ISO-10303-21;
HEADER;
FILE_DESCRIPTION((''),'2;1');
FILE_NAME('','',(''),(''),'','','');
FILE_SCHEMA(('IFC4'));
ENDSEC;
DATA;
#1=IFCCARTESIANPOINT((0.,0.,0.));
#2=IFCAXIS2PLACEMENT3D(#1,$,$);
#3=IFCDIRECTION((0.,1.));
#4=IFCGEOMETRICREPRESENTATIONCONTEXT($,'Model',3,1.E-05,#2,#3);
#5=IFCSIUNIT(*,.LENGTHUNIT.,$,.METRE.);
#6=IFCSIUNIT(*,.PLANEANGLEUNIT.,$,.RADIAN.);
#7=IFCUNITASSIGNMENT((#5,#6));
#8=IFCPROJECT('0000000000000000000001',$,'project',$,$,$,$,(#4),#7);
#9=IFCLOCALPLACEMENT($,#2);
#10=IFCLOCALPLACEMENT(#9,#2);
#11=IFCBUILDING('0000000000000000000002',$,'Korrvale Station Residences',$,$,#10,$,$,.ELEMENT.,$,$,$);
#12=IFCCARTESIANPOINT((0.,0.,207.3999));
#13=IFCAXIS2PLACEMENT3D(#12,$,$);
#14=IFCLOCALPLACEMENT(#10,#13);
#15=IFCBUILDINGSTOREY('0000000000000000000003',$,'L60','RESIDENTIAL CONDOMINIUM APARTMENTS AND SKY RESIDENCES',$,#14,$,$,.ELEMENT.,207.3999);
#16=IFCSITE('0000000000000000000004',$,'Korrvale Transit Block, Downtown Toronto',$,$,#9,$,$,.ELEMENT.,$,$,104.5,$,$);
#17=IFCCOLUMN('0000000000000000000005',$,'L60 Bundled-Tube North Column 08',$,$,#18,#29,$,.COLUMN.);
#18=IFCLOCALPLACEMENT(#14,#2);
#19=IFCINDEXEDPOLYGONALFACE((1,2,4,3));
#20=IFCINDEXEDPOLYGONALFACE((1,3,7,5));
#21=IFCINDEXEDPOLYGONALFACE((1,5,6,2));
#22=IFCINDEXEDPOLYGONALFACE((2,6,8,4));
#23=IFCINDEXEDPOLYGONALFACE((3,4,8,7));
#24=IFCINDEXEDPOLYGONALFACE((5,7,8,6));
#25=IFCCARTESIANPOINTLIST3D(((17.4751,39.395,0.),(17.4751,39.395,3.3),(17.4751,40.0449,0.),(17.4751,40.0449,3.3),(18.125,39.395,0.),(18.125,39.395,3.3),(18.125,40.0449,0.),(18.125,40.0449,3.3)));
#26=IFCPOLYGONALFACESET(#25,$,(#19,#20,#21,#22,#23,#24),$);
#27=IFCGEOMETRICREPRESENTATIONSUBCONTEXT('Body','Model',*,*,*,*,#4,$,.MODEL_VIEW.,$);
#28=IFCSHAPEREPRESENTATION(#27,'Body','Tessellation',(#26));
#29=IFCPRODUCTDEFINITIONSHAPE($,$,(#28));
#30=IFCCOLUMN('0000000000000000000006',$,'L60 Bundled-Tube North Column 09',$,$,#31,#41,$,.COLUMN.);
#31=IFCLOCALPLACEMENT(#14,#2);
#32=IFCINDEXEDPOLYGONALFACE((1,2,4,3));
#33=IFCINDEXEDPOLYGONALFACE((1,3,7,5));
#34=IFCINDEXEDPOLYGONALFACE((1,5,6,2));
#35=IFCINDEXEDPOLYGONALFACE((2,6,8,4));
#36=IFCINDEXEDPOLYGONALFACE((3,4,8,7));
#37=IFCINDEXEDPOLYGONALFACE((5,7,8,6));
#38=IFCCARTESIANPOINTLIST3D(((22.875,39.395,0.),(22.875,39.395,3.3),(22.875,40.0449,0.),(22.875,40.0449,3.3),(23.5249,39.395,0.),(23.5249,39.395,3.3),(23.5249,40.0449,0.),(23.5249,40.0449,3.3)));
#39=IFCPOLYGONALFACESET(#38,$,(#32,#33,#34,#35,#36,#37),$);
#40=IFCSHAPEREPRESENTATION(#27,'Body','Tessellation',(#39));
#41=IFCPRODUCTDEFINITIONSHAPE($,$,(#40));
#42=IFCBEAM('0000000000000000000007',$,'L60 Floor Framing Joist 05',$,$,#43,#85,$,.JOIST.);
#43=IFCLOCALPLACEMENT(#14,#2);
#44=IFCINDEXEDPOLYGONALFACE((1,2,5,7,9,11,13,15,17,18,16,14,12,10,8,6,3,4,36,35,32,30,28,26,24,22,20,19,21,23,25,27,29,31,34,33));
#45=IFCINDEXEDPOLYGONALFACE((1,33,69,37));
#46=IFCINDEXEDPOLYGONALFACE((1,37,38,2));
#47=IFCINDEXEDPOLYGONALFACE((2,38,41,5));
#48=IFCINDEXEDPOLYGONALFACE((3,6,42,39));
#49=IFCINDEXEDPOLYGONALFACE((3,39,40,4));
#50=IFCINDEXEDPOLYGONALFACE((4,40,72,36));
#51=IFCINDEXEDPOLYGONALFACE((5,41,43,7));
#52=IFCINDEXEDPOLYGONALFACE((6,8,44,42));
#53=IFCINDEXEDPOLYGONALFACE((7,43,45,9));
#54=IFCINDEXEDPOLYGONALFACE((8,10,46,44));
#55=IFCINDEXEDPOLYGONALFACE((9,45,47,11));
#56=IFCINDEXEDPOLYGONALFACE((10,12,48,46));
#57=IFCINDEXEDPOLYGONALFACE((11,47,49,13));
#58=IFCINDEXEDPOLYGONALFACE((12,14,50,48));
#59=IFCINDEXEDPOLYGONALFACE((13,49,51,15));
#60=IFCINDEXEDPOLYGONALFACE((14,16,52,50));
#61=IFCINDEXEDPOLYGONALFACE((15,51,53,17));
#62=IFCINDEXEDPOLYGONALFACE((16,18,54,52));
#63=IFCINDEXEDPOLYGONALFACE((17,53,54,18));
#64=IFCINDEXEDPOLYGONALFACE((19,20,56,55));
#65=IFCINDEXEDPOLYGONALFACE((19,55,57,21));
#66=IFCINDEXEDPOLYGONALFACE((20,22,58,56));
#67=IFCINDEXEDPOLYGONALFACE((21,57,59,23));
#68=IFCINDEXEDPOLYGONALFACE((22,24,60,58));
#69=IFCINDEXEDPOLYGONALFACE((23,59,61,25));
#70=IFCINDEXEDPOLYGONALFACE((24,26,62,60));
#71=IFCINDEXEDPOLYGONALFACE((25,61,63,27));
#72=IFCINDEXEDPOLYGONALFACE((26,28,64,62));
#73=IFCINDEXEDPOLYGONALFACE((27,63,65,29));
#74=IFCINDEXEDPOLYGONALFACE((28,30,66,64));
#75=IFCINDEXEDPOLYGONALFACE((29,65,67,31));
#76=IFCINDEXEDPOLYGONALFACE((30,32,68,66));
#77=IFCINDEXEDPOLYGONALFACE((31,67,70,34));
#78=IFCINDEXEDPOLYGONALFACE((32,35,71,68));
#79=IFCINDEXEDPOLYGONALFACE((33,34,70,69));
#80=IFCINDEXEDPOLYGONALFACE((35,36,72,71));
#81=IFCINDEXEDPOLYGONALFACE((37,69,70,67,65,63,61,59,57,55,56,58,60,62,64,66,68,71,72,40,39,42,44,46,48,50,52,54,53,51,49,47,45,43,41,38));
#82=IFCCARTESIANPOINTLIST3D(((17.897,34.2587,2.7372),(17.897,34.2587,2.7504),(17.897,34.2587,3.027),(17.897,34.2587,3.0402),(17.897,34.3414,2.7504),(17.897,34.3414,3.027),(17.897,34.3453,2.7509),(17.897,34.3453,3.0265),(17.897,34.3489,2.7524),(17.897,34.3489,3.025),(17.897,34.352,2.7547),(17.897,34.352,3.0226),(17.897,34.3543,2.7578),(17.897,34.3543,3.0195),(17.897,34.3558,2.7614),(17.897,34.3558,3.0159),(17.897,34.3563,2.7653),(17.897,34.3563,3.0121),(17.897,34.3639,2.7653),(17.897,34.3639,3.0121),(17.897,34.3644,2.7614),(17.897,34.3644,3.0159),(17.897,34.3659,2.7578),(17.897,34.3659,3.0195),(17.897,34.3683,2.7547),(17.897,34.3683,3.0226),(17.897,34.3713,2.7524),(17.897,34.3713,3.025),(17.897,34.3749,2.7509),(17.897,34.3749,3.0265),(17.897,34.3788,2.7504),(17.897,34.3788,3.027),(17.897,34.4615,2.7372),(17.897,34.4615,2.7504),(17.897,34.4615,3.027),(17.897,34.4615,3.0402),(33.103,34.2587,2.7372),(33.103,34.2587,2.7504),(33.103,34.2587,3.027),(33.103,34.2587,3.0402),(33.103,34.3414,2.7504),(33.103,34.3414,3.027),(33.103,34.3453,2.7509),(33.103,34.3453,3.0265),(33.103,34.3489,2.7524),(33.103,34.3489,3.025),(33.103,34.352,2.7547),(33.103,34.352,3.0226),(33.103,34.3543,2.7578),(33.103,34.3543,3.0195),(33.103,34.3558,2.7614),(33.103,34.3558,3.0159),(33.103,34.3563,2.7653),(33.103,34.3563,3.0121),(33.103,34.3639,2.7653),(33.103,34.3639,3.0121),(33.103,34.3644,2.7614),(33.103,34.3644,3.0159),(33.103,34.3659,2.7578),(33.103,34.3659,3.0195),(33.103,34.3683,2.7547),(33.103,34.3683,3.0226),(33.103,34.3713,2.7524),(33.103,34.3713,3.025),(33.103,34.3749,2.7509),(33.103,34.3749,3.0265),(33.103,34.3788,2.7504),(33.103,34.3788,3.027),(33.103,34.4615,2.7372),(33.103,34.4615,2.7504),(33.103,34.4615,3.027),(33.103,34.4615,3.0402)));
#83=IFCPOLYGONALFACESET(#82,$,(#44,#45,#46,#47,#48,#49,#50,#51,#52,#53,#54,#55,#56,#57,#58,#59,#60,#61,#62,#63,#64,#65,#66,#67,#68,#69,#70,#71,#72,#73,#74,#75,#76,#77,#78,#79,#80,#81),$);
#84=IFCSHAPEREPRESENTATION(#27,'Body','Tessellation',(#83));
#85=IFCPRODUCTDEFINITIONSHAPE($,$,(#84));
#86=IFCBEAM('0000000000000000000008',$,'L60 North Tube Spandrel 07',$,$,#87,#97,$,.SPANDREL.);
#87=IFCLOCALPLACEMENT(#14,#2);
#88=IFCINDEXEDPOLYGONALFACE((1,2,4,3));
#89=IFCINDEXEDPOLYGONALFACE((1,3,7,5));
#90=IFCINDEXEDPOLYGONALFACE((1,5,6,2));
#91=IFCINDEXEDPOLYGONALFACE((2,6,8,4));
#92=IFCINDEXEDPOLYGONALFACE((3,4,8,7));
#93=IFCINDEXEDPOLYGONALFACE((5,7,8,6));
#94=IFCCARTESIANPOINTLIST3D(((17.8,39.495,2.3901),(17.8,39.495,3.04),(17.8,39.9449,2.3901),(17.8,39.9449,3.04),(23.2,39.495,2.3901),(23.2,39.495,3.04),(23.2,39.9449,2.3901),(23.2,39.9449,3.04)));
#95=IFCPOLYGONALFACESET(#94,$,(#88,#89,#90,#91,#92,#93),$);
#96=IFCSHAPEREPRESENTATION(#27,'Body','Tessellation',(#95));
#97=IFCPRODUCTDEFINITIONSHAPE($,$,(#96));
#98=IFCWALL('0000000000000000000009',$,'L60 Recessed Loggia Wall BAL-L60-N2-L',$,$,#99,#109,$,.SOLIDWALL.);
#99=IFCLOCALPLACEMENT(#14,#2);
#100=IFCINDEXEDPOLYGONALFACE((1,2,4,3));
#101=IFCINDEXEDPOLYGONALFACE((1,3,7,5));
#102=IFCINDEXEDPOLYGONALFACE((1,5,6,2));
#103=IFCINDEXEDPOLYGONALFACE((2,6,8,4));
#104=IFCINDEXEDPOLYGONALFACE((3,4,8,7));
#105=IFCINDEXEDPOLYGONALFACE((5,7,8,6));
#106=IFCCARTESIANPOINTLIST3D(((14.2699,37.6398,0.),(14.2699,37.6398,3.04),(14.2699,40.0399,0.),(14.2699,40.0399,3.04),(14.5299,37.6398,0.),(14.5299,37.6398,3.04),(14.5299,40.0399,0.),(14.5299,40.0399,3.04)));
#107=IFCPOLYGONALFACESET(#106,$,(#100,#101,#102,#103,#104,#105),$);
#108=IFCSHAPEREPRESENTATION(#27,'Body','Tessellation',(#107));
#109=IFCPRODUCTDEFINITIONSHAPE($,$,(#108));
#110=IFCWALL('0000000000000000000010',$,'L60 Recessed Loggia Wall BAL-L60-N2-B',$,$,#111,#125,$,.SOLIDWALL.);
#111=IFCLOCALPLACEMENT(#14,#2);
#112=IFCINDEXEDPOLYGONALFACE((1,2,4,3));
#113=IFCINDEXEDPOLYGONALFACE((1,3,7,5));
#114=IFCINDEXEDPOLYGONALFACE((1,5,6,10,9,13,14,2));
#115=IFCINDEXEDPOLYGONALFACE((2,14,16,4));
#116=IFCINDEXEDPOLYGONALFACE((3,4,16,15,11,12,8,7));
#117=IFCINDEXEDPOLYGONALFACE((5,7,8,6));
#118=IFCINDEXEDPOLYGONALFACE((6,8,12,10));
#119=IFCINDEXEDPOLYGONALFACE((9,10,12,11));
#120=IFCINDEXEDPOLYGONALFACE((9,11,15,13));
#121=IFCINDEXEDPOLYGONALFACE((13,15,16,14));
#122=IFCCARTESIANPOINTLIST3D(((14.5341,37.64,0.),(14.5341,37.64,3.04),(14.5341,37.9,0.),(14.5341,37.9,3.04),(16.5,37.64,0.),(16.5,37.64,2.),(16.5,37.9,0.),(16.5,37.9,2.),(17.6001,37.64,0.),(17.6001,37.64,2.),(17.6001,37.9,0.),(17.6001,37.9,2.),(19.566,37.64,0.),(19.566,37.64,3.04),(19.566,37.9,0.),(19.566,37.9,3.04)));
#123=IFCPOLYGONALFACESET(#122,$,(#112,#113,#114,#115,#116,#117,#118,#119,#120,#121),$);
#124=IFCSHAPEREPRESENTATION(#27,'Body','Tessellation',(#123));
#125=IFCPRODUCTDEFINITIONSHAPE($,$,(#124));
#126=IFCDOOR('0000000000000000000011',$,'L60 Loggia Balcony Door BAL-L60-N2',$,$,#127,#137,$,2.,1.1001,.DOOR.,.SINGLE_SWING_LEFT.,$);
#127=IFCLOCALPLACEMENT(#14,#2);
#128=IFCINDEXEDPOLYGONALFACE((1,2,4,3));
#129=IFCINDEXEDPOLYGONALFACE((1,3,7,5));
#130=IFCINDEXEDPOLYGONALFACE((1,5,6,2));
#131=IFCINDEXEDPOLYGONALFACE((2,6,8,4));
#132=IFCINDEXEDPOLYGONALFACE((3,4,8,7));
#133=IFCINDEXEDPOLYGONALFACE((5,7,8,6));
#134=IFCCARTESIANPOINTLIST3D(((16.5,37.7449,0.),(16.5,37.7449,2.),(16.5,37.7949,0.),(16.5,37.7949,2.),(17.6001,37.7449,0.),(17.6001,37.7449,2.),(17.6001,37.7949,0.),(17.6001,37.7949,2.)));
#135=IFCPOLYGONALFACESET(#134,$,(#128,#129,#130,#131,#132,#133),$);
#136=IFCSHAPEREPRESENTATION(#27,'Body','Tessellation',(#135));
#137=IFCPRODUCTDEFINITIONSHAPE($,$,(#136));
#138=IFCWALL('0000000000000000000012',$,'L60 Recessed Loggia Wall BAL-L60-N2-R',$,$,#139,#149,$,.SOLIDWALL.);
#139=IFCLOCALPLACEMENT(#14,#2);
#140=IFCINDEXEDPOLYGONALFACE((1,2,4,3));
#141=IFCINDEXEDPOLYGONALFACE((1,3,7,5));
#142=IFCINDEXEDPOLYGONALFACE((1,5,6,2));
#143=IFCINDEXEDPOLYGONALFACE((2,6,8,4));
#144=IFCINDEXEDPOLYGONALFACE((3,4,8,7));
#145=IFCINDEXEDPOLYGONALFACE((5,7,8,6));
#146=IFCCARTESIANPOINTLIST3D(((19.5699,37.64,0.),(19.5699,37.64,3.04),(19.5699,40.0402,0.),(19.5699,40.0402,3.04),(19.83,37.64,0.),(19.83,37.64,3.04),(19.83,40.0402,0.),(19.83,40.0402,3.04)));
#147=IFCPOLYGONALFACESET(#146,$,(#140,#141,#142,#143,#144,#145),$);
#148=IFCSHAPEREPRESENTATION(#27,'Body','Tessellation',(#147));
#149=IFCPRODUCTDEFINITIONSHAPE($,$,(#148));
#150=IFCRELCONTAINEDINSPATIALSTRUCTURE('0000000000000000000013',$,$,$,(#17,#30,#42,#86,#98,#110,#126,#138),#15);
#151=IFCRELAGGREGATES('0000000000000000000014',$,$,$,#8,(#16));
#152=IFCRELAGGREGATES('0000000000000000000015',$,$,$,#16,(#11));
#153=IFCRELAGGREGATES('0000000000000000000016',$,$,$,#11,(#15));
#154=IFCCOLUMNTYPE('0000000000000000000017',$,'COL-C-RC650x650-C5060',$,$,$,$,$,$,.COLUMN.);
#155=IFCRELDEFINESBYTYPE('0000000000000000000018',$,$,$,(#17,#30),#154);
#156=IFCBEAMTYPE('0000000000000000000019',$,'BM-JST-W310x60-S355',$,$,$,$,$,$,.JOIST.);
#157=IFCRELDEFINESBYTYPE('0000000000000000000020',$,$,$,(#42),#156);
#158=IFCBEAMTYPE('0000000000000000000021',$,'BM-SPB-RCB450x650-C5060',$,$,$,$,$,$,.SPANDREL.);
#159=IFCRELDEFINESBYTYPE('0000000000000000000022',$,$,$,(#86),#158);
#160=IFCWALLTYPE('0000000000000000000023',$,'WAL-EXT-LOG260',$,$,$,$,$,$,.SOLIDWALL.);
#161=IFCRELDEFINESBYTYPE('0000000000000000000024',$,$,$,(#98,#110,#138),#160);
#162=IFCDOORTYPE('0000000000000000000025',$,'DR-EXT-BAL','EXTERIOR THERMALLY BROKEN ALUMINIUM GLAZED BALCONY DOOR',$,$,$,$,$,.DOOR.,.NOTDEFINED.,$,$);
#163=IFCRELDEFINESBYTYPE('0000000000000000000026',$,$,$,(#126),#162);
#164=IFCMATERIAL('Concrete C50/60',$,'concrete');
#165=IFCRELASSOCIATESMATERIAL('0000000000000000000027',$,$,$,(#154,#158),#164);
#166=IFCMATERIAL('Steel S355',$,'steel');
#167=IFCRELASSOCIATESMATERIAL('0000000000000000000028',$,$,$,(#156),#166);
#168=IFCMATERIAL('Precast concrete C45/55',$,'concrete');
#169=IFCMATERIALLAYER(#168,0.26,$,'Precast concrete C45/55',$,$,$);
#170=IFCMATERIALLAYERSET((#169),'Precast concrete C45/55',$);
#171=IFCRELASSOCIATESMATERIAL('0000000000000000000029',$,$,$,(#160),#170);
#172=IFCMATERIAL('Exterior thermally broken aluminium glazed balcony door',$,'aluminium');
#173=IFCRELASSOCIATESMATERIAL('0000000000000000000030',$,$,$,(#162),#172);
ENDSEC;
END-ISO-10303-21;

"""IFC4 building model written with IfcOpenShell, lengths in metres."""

from ifc_helpers import new_model, si_unit, direction, frame, frame_2d, origin, origin_2d, place, context, subcontext, project, spatial, rectangle, i_section, extrude, material, layer, layer_set, material_profile, profile_set, type_object, element, fill, save


model = new_model("IFC4")

# Units and contexts
model_context = context("Model", 3, precision=1e-05, world=origin(), true_north=direction((0.0, 1.0)))
body_context = subcontext(model_context, "Body", "Model", "MODEL_VIEW")
ifc_project = project(units=[si_unit("LENGTHUNIT", "METRE"), si_unit("PLANEANGLEUNIT", "RADIAN")], contexts=[model_context])

# Site, building, storey
site_placement = place(None, origin())
site = spatial("IfcSite", under=ifc_project, at=site_placement, Name="Korrvale Transit Block, Downtown Toronto", CompositionType="ELEMENT", RefElevation=104.5)
building_placement = place(site_placement, origin())
building = spatial("IfcBuilding", under=site, at=building_placement, Name="Korrvale Station Residences", CompositionType="ELEMENT")
storey_placement = place(building_placement, frame((0.0, 0.0, 207.3999)))
storey = spatial("IfcBuildingStorey", under=building, at=storey_placement, Name="L60", Description="RESIDENTIAL CONDOMINIUM APARTMENTS AND SKY RESIDENCES", CompositionType="ELEMENT", Elevation=207.3999)

# Columns
ifc_material_1 = material(Name="Concrete C50/60", Category="concrete")
ifc_material_profile_1 = material_profile(ifc_material_1, rectangle(XDim=0.6499, YDim=0.6499, at=origin_2d()), Name="RC650x650")
ifc_profile_set_1 = profile_set([ifc_material_profile_1], Name="Concrete C50/60")
column_type = type_object("IfcColumnType", Name="COL-C-RC650x650-C5060", PredefinedType="COLUMN", material=ifc_profile_set_1)
for number, where, z_axis, x_axis, name in (
    (1, (17.8, 39.72, 0.0), (0.0, 0.0, 1.0), (1.0, 0.0, 0.0), "L60 Bundled-Tube North Column 08"),
    (2, (23.2, 39.72, 0.0), (0.0, 0.0, 1.0), (1.0, 0.0, 0.0), "L60 Bundled-Tube North Column 09"),
):
    element("IfcColumn", number, at=place(storey_placement, frame(where, z_axis=z_axis, x_axis=x_axis)), inside=storey, type_object=column_type, Name=name, PredefinedType="COLUMN", context=body_context, shape_type="SweptSolid", body=[
        extrude(rectangle(XDim=0.6499, YDim=0.6499, at=origin_2d()), origin(), (0.0, 0.0, 1.0), 3.3),
    ])

# Beams
ifc_material_2 = material(Name="Steel S355", Category="steel")
ifc_material_profile_2 = material_profile(ifc_material_2, i_section(OverallWidth=0.2029, OverallDepth=0.303, WebThickness=0.0076, FlangeThickness=0.0132, FilletRadius=0.0149, at=origin_2d()), Name="W310x60")
ifc_profile_set_2 = profile_set([ifc_material_profile_2], Name="Steel S355")
beam_type_1 = type_object("IfcBeamType", Name="BM-JST-W310x60-S355", PredefinedType="JOIST", material=ifc_profile_set_2)
beam_1_placement = place(storey_placement, frame((17.897, 34.3601, 2.8887), z_axis=(1.0, 0.0, 0.0), x_axis=(0.0, 1.0, 0.0)))
element("IfcBeam", 3, at=beam_1_placement, inside=storey, type_object=beam_type_1, Name="L60 Floor Framing Joist 05", PredefinedType="JOIST", context=body_context, shape_type="SweptSolid", body=[
    extrude(i_section(OverallWidth=0.2029, OverallDepth=0.303, WebThickness=0.0076, FlangeThickness=0.0132, FilletRadius=0.0149, at=origin_2d()), origin(), (0.0, 0.0, 1.0), 15.2061),
])
ifc_material_profile_3 = material_profile(ifc_material_1, rectangle(XDim=0.45, YDim=0.6499, at=origin_2d()), Name="RCB450x650")
ifc_profile_set_3 = profile_set([ifc_material_profile_3], Name="Concrete C50/60")
beam_type_2 = type_object("IfcBeamType", Name="BM-SPB-RCB450x650-C5060", PredefinedType="SPANDREL", material=ifc_profile_set_3)
beam_2_placement = place(storey_placement, frame((17.8, 39.72, 2.7151), z_axis=(1.0, 0.0, 0.0), x_axis=(0.0, 1.0, 0.0)))
element("IfcBeam", 4, at=beam_2_placement, inside=storey, type_object=beam_type_2, Name="L60 North Tube Spandrel 07", PredefinedType="SPANDREL", context=body_context, shape_type="SweptSolid", body=[
    extrude(rectangle(XDim=0.45, YDim=0.6499, at=origin_2d()), origin(), (0.0, 0.0, 1.0), 5.3999),
])

# Wall
ifc_material_3 = material(Name="Precast concrete C45/55", Category="concrete")
ifc_layer_1 = layer(ifc_material_3, 0.26, Name="Precast concrete C45/55")
ifc_layer_set_1 = layer_set([ifc_layer_1], Name="Precast concrete C45/55")
wall_type_1 = type_object("IfcWallType", Name="WAL-EXT-LOG260", PredefinedType="SOLIDWALL", material=ifc_layer_set_1)
wall_1_placement = place(storey_placement, frame((14.3999, 40.04, 0.0), z_axis=(0.0, 0.0, 1.0), x_axis=(0.0, -1.0, 0.0)))
element("IfcWall", 5, at=wall_1_placement, inside=storey, type_object=wall_type_1, Name="L60 Recessed Loggia Wall BAL-L60-N2-L", PredefinedType="SOLIDWALL", context=body_context, shape_type="SweptSolid", body=[
    extrude(rectangle(XDim=2.4001, YDim=0.26, at=frame_2d((1.2002, 0.0))), origin(), (0.0, 0.0, 1.0), 3.04),
])

# Wall, opening, door
wall_2_placement = place(storey_placement, frame((14.5339, 37.77, 0.0), z_axis=(0.0, 0.0, 1.0), x_axis=(1.0, 0.0, 0.0)))
wall_2 = element("IfcWall", 6, at=wall_2_placement, inside=storey, type_object=wall_type_1, Name="L60 Recessed Loggia Wall BAL-L60-N2-B", PredefinedType="SOLIDWALL", context=body_context, shape_type="SweptSolid", body=[
    extrude(rectangle(XDim=5.032, YDim=0.26, at=frame_2d((2.5161, 0.0))), origin(), (0.0, 0.0, 1.0), 3.04),
])
opening_1_placement = place(wall_2_placement, frame((1.9661, 0.0, 0.0)))
opening_1 = element("IfcOpeningElement", 7, at=opening_1_placement, cuts=wall_2, PredefinedType="OPENING", context=body_context, shape_type="SweptSolid", body=[
    extrude(rectangle(XDim=1.1001, YDim=2.0, at=frame_2d((0.55, 1.0))), frame((0.0, 0.1401, 0.0), z_axis=(0.0, -1.0, 0.0), x_axis=(1.0, 0.0, 0.0)), (0.0, 0.0, 1.0), 0.28),
])
ifc_material_4 = material(Name="Exterior thermally broken aluminium glazed balcony door", Category="aluminium")
door_type_1 = type_object("IfcDoorType", Name="DR-EXT-BAL", Description="EXTERIOR THERMALLY BROKEN ALUMINIUM GLAZED BALCONY DOOR", OperationType="NOTDEFINED", PredefinedType="DOOR", material=ifc_material_4)
door_1_placement = place(opening_1_placement, origin())
door_1 = element("IfcDoor", 8, at=door_1_placement, inside=storey, type_object=door_type_1, Name="L60 Loggia Balcony Door BAL-L60-N2", OperationType="SINGLE_SWING_LEFT", OverallHeight=2.0, OverallWidth=1.1001, PredefinedType="DOOR", context=body_context, shape_type="SweptSolid", body=[
    extrude(rectangle(XDim=1.1001, YDim=2.0, at=frame_2d((0.55, 1.0))), frame((0.0, 0.0249, 0.0), z_axis=(0.0, -1.0, 0.0), x_axis=(1.0, 0.0, 0.0)), (0.0, 0.0, 1.0), 0.05),
])
fill(opening_1, door_1)

# Wall
wall_3_placement = place(storey_placement, frame((19.7, 37.6399, 0.0), z_axis=(0.0, 0.0, 1.0), x_axis=(0.0, 1.0, 0.0)))
element("IfcWall", 9, at=wall_3_placement, inside=storey, type_object=wall_type_1, Name="L60 Recessed Loggia Wall BAL-L60-N2-R", PredefinedType="SOLIDWALL", context=body_context, shape_type="SweptSolid", body=[
    extrude(rectangle(XDim=2.4001, YDim=0.26, at=frame_2d((1.2002, 0.0))), origin(), (0.0, 0.0, 1.0), 3.04),
])

save(model, "model.ifc")
